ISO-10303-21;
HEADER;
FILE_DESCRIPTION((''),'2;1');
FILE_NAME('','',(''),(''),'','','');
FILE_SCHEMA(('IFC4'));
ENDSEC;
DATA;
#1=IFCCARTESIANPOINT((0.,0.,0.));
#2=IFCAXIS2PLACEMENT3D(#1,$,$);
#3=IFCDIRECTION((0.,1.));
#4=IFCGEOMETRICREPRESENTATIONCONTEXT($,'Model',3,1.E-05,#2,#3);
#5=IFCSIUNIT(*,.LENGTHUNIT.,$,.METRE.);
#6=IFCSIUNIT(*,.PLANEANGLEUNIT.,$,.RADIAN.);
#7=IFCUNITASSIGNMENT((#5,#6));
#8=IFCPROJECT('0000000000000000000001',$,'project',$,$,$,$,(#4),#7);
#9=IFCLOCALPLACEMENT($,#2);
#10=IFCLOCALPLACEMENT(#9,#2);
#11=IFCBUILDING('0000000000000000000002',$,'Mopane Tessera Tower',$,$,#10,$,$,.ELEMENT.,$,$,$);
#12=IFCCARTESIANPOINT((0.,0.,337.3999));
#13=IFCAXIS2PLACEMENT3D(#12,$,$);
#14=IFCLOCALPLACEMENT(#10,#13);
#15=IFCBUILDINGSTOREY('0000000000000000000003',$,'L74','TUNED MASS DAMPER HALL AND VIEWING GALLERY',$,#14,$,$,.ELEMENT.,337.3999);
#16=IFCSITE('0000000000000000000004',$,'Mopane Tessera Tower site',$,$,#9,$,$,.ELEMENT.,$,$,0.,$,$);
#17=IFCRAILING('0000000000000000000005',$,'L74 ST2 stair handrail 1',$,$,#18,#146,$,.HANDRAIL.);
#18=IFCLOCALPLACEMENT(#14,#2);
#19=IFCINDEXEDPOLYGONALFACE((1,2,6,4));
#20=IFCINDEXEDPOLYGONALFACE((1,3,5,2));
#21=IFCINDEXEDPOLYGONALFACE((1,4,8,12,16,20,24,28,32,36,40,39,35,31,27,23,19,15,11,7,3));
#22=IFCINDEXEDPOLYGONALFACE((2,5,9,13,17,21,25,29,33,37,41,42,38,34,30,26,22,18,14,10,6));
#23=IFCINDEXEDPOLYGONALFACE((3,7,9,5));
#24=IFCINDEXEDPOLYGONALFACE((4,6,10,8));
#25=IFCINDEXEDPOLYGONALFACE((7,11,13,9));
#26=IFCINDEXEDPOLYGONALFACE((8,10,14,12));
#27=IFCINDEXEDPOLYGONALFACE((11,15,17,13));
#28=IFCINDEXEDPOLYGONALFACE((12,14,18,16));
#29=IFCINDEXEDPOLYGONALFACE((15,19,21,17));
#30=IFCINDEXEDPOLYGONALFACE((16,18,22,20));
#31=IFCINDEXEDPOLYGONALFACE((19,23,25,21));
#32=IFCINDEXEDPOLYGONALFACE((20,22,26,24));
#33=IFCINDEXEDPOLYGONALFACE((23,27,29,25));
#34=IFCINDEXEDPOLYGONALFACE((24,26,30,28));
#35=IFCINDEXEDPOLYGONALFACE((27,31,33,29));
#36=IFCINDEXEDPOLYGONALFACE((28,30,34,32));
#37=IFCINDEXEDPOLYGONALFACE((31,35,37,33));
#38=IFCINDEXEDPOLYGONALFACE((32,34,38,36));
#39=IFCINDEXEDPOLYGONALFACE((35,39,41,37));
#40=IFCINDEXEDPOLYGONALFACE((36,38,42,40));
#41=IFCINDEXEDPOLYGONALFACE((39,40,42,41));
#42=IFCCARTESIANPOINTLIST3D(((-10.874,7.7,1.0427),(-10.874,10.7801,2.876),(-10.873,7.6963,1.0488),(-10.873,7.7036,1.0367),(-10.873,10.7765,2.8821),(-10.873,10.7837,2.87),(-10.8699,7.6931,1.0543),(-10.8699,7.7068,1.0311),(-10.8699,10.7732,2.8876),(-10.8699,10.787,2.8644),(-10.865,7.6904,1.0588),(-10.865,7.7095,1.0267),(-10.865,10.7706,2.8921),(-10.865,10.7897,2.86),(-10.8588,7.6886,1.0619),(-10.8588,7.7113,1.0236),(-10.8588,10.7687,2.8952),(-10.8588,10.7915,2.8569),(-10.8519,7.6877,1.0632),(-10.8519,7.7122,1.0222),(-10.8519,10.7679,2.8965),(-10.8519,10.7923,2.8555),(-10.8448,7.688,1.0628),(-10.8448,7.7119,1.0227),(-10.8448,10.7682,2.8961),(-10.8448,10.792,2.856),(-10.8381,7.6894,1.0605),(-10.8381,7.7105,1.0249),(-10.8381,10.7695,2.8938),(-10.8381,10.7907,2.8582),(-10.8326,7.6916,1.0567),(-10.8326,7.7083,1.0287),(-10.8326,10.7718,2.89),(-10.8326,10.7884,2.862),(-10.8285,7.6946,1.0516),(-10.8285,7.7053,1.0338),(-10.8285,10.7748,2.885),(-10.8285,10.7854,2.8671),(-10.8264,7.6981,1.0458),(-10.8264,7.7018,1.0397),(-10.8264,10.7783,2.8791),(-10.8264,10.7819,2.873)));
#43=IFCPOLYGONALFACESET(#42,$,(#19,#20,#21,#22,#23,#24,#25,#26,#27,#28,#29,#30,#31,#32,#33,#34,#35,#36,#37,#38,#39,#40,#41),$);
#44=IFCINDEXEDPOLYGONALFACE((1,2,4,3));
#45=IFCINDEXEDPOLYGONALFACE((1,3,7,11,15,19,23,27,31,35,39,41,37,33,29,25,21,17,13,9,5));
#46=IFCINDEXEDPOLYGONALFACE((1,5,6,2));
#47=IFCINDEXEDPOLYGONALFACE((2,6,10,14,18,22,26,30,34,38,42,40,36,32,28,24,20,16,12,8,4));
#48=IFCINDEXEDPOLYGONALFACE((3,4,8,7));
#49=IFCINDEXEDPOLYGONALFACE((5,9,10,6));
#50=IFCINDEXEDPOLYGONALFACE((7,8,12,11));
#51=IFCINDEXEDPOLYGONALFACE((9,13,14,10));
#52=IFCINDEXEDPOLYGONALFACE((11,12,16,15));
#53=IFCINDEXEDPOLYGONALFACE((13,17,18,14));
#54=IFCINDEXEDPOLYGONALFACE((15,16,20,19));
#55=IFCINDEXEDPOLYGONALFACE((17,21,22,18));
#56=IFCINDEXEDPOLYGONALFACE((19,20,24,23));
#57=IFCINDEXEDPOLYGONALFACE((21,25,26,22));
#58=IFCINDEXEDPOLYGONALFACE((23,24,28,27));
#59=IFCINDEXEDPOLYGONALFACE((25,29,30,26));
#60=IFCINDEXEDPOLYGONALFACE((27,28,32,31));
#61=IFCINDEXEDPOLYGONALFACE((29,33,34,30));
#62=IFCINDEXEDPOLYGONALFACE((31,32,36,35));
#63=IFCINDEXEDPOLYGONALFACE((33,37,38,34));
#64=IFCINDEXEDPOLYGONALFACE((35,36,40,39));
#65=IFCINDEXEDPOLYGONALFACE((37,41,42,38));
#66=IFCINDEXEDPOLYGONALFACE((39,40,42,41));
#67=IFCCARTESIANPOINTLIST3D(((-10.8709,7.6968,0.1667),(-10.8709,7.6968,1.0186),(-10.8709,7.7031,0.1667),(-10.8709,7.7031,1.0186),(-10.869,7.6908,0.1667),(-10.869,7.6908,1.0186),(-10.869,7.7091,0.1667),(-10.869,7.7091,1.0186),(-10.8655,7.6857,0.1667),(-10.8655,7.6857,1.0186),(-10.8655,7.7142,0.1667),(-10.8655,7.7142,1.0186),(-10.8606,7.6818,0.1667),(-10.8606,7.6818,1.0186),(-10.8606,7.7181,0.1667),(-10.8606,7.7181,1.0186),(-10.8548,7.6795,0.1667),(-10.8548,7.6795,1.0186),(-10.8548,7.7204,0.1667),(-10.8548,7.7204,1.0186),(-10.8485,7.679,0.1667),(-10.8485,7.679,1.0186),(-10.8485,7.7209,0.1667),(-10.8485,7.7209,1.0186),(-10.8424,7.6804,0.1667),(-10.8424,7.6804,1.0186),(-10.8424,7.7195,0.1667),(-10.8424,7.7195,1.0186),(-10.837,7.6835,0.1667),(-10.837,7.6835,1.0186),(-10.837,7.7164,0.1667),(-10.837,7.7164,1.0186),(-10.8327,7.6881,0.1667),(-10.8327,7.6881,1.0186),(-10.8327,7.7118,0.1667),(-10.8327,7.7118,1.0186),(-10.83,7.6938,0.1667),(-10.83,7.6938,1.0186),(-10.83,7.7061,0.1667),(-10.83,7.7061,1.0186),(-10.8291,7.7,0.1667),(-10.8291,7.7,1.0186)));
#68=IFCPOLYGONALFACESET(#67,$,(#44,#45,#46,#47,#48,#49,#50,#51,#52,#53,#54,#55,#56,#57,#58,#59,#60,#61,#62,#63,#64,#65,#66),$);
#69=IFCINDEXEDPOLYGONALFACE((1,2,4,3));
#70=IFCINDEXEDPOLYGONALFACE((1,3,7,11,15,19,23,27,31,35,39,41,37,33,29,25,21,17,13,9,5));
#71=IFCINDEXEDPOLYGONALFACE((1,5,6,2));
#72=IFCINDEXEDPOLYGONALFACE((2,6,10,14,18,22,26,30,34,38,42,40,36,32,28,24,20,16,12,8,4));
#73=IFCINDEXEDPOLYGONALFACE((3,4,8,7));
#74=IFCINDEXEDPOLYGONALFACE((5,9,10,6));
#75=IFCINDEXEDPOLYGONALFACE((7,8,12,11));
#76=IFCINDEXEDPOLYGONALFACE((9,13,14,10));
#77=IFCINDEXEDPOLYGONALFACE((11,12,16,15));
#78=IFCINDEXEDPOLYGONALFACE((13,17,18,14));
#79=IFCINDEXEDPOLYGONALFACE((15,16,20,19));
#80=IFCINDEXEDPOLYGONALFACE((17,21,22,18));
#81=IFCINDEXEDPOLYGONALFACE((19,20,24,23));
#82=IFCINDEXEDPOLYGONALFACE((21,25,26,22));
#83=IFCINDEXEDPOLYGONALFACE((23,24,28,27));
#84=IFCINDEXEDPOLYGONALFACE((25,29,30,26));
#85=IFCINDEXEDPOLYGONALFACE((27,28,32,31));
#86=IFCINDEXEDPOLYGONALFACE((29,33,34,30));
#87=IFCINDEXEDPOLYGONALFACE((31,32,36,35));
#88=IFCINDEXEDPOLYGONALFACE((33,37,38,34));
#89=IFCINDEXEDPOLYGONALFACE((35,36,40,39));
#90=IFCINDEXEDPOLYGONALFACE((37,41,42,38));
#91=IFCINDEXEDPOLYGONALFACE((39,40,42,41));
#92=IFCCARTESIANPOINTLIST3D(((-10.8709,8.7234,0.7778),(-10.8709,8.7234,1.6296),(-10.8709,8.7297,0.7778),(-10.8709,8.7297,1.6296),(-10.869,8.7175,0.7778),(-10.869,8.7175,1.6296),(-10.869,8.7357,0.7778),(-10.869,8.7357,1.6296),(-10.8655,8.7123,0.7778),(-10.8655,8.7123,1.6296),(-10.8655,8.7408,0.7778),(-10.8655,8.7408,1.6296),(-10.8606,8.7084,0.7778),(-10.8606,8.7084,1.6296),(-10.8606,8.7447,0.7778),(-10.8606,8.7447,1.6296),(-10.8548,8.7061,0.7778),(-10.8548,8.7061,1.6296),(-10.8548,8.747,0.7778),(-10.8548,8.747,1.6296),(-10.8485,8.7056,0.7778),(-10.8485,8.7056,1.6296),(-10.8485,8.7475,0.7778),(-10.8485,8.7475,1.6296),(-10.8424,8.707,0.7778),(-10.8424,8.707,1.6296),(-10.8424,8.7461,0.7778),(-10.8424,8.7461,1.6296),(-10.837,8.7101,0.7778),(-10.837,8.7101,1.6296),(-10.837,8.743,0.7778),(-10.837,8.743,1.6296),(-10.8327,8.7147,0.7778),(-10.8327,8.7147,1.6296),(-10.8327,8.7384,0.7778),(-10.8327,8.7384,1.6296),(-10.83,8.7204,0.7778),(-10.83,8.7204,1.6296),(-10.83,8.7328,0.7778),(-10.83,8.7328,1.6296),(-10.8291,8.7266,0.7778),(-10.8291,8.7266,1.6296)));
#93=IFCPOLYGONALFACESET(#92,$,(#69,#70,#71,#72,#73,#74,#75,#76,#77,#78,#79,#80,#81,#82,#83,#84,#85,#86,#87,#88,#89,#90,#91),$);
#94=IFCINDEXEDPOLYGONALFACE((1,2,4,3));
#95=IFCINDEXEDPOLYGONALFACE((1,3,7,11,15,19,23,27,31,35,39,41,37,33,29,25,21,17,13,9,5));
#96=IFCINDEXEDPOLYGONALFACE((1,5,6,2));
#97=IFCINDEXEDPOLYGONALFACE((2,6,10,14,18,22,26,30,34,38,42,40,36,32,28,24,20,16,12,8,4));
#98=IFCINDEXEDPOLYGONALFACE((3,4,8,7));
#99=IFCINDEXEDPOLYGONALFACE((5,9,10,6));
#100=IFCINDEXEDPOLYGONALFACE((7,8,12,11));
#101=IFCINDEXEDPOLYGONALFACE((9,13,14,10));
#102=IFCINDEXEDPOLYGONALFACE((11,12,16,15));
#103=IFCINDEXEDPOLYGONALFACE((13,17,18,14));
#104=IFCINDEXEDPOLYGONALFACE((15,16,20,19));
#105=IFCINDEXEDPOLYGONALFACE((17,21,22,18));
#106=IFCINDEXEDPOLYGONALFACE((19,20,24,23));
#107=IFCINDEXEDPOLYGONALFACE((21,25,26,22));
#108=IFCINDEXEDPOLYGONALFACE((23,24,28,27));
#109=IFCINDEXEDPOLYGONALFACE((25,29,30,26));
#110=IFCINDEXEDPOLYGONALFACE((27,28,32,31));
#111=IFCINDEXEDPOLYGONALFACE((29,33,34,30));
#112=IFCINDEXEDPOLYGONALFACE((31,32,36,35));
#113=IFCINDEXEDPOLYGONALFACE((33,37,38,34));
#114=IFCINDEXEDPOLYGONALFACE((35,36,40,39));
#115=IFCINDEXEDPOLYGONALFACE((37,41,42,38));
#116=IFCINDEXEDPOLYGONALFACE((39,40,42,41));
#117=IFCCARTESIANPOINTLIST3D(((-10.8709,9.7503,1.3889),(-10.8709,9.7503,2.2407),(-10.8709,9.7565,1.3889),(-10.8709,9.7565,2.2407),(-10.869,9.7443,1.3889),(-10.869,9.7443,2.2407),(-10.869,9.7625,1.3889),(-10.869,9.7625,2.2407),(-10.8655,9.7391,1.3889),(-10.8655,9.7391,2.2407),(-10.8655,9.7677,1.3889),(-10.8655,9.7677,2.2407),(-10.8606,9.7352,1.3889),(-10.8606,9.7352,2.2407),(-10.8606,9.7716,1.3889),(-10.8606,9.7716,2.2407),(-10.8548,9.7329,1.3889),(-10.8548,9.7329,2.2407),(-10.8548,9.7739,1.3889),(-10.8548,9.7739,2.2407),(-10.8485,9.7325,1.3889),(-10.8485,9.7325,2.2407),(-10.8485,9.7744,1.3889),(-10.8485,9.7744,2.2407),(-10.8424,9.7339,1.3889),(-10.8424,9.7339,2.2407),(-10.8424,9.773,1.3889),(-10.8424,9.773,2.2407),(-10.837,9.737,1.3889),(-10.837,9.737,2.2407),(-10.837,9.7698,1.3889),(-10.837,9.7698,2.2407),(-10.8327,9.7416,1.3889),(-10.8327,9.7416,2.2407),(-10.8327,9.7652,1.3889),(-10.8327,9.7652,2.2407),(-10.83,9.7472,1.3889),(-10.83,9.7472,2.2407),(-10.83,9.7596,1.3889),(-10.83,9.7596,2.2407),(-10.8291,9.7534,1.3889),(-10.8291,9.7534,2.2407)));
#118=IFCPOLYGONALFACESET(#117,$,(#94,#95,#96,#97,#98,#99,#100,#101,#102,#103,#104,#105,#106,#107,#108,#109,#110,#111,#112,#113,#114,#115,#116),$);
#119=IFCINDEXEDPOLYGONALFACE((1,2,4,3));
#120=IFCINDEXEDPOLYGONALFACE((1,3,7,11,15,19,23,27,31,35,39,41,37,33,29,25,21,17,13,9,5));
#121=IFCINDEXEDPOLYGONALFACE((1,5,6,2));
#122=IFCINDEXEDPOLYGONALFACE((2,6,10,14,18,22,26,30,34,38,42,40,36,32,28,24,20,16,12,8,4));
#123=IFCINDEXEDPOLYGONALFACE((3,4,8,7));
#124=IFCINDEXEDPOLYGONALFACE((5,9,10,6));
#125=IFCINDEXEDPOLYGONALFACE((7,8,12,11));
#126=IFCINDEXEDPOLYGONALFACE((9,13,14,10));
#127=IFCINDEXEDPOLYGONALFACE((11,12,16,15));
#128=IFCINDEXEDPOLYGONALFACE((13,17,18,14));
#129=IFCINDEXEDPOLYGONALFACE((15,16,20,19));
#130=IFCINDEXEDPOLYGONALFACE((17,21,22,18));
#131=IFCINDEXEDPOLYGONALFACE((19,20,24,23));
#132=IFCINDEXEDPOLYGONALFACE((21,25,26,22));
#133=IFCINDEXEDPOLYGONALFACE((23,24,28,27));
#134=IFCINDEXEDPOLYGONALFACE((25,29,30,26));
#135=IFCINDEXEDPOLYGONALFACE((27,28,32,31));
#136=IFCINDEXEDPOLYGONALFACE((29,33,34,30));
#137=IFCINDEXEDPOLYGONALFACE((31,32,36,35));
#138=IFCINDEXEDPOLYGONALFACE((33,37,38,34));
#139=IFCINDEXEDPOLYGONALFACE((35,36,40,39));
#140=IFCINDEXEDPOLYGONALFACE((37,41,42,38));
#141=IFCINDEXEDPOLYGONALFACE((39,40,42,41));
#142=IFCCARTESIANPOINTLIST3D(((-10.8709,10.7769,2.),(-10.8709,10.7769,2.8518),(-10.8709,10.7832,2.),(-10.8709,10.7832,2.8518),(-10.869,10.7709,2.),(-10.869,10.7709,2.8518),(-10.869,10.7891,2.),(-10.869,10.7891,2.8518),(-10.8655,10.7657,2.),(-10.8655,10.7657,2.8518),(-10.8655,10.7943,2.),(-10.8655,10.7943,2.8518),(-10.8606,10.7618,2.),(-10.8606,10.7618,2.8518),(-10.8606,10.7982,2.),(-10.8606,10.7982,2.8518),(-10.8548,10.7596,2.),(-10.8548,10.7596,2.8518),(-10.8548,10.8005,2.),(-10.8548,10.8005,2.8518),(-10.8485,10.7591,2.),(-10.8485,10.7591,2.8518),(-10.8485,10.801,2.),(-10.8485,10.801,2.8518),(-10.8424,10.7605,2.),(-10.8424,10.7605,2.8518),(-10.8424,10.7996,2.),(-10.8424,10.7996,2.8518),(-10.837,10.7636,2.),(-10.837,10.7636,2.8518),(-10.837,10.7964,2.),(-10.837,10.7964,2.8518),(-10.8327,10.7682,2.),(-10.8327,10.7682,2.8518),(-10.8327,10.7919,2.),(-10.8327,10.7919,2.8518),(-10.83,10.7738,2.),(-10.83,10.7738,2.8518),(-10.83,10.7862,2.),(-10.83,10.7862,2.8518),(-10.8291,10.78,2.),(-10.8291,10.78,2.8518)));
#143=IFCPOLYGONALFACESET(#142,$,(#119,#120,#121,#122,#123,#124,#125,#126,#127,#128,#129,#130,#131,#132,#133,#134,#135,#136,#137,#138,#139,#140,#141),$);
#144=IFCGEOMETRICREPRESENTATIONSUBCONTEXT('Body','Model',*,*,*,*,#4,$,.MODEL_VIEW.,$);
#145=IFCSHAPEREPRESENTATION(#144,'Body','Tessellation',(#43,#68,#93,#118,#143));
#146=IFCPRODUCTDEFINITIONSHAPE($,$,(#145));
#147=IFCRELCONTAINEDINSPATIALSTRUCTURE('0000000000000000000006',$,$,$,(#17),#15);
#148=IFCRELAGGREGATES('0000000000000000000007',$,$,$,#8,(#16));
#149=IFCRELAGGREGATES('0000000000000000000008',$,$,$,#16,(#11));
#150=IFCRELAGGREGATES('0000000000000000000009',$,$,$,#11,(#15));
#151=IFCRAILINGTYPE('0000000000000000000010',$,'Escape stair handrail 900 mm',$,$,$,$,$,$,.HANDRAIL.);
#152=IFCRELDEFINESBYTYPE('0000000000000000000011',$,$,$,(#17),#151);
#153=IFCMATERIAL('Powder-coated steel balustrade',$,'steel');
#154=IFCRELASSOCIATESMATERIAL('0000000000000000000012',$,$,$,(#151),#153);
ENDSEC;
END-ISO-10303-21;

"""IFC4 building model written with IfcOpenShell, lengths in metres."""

from ifc_helpers import new_model, si_unit, direction, frame, origin, origin_2d, place, context, subcontext, project, spatial, circle, extrude, material, type_object, element, save


model = new_model("IFC4")

# Units and contexts
model_context = context("Model", 3, precision=1e-05, world=origin(), true_north=direction((0.0, 1.0)))
body_context = subcontext(model_context, "Body", "Model", "MODEL_VIEW")
ifc_project = project(units=[si_unit("LENGTHUNIT", "METRE"), si_unit("PLANEANGLEUNIT", "RADIAN")], contexts=[model_context])

# Site, building, storey
site_placement = place(None, origin())
site = spatial("IfcSite", under=ifc_project, at=site_placement, Name="Mopane Tessera Tower site", CompositionType="ELEMENT", RefElevation=0.0)
building_placement = place(site_placement, origin())
building = spatial("IfcBuilding", under=site, at=building_placement, Name="Mopane Tessera Tower", CompositionType="ELEMENT")
storey_placement = place(building_placement, frame((0.0, 0.0, 337.3999)))
storey = spatial("IfcBuildingStorey", under=building, at=storey_placement, Name="L74", Description="TUNED MASS DAMPER HALL AND VIEWING GALLERY", CompositionType="ELEMENT", Elevation=337.3999)

# Railing
ifc_material_1 = material(Name="Powder-coated steel balustrade", Category="steel")
railing_type_1 = type_object("IfcRailingType", Name="Escape stair handrail 900 mm", PredefinedType="HANDRAIL", material=ifc_material_1)
for number, where, name in (
    (1, (-10.8501, 7.7, 0.1667), "L74 ST2 stair handrail 1"),
):
    element("IfcRailing", number, at=place(storey_placement, frame(where)), inside=storey, type_object=railing_type_1, Name=name, PredefinedType="HANDRAIL", context=body_context, shape_type="SweptSolid", body=[
        extrude(circle(Radius=0.0239, at=origin_2d()), frame((0.0, 0.0, 0.876), z_axis=(0.0, 0.859309, 0.511458), x_axis=(-1.0, 0.0, 0.0)), (0.0, 0.0, 1.0), 3.5845),
        extrude(circle(Radius=0.021, at=origin_2d()), origin(), (0.0, 0.0, 1.0), 0.8518),
        extrude(circle(Radius=0.021, at=origin_2d()), frame((0.0, 1.0266, 0.6111)), (0.0, 0.0, 1.0), 0.8518),
        extrude(circle(Radius=0.021, at=origin_2d()), frame((0.0, 2.0535, 1.2222)), (0.0, 0.0, 1.0), 0.8518),
        extrude(circle(Radius=0.021, at=origin_2d()), frame((0.0, 3.0801, 1.8333)), (0.0, 0.0, 1.0), 0.8518),
    ])

save(model, "model.ifc")
